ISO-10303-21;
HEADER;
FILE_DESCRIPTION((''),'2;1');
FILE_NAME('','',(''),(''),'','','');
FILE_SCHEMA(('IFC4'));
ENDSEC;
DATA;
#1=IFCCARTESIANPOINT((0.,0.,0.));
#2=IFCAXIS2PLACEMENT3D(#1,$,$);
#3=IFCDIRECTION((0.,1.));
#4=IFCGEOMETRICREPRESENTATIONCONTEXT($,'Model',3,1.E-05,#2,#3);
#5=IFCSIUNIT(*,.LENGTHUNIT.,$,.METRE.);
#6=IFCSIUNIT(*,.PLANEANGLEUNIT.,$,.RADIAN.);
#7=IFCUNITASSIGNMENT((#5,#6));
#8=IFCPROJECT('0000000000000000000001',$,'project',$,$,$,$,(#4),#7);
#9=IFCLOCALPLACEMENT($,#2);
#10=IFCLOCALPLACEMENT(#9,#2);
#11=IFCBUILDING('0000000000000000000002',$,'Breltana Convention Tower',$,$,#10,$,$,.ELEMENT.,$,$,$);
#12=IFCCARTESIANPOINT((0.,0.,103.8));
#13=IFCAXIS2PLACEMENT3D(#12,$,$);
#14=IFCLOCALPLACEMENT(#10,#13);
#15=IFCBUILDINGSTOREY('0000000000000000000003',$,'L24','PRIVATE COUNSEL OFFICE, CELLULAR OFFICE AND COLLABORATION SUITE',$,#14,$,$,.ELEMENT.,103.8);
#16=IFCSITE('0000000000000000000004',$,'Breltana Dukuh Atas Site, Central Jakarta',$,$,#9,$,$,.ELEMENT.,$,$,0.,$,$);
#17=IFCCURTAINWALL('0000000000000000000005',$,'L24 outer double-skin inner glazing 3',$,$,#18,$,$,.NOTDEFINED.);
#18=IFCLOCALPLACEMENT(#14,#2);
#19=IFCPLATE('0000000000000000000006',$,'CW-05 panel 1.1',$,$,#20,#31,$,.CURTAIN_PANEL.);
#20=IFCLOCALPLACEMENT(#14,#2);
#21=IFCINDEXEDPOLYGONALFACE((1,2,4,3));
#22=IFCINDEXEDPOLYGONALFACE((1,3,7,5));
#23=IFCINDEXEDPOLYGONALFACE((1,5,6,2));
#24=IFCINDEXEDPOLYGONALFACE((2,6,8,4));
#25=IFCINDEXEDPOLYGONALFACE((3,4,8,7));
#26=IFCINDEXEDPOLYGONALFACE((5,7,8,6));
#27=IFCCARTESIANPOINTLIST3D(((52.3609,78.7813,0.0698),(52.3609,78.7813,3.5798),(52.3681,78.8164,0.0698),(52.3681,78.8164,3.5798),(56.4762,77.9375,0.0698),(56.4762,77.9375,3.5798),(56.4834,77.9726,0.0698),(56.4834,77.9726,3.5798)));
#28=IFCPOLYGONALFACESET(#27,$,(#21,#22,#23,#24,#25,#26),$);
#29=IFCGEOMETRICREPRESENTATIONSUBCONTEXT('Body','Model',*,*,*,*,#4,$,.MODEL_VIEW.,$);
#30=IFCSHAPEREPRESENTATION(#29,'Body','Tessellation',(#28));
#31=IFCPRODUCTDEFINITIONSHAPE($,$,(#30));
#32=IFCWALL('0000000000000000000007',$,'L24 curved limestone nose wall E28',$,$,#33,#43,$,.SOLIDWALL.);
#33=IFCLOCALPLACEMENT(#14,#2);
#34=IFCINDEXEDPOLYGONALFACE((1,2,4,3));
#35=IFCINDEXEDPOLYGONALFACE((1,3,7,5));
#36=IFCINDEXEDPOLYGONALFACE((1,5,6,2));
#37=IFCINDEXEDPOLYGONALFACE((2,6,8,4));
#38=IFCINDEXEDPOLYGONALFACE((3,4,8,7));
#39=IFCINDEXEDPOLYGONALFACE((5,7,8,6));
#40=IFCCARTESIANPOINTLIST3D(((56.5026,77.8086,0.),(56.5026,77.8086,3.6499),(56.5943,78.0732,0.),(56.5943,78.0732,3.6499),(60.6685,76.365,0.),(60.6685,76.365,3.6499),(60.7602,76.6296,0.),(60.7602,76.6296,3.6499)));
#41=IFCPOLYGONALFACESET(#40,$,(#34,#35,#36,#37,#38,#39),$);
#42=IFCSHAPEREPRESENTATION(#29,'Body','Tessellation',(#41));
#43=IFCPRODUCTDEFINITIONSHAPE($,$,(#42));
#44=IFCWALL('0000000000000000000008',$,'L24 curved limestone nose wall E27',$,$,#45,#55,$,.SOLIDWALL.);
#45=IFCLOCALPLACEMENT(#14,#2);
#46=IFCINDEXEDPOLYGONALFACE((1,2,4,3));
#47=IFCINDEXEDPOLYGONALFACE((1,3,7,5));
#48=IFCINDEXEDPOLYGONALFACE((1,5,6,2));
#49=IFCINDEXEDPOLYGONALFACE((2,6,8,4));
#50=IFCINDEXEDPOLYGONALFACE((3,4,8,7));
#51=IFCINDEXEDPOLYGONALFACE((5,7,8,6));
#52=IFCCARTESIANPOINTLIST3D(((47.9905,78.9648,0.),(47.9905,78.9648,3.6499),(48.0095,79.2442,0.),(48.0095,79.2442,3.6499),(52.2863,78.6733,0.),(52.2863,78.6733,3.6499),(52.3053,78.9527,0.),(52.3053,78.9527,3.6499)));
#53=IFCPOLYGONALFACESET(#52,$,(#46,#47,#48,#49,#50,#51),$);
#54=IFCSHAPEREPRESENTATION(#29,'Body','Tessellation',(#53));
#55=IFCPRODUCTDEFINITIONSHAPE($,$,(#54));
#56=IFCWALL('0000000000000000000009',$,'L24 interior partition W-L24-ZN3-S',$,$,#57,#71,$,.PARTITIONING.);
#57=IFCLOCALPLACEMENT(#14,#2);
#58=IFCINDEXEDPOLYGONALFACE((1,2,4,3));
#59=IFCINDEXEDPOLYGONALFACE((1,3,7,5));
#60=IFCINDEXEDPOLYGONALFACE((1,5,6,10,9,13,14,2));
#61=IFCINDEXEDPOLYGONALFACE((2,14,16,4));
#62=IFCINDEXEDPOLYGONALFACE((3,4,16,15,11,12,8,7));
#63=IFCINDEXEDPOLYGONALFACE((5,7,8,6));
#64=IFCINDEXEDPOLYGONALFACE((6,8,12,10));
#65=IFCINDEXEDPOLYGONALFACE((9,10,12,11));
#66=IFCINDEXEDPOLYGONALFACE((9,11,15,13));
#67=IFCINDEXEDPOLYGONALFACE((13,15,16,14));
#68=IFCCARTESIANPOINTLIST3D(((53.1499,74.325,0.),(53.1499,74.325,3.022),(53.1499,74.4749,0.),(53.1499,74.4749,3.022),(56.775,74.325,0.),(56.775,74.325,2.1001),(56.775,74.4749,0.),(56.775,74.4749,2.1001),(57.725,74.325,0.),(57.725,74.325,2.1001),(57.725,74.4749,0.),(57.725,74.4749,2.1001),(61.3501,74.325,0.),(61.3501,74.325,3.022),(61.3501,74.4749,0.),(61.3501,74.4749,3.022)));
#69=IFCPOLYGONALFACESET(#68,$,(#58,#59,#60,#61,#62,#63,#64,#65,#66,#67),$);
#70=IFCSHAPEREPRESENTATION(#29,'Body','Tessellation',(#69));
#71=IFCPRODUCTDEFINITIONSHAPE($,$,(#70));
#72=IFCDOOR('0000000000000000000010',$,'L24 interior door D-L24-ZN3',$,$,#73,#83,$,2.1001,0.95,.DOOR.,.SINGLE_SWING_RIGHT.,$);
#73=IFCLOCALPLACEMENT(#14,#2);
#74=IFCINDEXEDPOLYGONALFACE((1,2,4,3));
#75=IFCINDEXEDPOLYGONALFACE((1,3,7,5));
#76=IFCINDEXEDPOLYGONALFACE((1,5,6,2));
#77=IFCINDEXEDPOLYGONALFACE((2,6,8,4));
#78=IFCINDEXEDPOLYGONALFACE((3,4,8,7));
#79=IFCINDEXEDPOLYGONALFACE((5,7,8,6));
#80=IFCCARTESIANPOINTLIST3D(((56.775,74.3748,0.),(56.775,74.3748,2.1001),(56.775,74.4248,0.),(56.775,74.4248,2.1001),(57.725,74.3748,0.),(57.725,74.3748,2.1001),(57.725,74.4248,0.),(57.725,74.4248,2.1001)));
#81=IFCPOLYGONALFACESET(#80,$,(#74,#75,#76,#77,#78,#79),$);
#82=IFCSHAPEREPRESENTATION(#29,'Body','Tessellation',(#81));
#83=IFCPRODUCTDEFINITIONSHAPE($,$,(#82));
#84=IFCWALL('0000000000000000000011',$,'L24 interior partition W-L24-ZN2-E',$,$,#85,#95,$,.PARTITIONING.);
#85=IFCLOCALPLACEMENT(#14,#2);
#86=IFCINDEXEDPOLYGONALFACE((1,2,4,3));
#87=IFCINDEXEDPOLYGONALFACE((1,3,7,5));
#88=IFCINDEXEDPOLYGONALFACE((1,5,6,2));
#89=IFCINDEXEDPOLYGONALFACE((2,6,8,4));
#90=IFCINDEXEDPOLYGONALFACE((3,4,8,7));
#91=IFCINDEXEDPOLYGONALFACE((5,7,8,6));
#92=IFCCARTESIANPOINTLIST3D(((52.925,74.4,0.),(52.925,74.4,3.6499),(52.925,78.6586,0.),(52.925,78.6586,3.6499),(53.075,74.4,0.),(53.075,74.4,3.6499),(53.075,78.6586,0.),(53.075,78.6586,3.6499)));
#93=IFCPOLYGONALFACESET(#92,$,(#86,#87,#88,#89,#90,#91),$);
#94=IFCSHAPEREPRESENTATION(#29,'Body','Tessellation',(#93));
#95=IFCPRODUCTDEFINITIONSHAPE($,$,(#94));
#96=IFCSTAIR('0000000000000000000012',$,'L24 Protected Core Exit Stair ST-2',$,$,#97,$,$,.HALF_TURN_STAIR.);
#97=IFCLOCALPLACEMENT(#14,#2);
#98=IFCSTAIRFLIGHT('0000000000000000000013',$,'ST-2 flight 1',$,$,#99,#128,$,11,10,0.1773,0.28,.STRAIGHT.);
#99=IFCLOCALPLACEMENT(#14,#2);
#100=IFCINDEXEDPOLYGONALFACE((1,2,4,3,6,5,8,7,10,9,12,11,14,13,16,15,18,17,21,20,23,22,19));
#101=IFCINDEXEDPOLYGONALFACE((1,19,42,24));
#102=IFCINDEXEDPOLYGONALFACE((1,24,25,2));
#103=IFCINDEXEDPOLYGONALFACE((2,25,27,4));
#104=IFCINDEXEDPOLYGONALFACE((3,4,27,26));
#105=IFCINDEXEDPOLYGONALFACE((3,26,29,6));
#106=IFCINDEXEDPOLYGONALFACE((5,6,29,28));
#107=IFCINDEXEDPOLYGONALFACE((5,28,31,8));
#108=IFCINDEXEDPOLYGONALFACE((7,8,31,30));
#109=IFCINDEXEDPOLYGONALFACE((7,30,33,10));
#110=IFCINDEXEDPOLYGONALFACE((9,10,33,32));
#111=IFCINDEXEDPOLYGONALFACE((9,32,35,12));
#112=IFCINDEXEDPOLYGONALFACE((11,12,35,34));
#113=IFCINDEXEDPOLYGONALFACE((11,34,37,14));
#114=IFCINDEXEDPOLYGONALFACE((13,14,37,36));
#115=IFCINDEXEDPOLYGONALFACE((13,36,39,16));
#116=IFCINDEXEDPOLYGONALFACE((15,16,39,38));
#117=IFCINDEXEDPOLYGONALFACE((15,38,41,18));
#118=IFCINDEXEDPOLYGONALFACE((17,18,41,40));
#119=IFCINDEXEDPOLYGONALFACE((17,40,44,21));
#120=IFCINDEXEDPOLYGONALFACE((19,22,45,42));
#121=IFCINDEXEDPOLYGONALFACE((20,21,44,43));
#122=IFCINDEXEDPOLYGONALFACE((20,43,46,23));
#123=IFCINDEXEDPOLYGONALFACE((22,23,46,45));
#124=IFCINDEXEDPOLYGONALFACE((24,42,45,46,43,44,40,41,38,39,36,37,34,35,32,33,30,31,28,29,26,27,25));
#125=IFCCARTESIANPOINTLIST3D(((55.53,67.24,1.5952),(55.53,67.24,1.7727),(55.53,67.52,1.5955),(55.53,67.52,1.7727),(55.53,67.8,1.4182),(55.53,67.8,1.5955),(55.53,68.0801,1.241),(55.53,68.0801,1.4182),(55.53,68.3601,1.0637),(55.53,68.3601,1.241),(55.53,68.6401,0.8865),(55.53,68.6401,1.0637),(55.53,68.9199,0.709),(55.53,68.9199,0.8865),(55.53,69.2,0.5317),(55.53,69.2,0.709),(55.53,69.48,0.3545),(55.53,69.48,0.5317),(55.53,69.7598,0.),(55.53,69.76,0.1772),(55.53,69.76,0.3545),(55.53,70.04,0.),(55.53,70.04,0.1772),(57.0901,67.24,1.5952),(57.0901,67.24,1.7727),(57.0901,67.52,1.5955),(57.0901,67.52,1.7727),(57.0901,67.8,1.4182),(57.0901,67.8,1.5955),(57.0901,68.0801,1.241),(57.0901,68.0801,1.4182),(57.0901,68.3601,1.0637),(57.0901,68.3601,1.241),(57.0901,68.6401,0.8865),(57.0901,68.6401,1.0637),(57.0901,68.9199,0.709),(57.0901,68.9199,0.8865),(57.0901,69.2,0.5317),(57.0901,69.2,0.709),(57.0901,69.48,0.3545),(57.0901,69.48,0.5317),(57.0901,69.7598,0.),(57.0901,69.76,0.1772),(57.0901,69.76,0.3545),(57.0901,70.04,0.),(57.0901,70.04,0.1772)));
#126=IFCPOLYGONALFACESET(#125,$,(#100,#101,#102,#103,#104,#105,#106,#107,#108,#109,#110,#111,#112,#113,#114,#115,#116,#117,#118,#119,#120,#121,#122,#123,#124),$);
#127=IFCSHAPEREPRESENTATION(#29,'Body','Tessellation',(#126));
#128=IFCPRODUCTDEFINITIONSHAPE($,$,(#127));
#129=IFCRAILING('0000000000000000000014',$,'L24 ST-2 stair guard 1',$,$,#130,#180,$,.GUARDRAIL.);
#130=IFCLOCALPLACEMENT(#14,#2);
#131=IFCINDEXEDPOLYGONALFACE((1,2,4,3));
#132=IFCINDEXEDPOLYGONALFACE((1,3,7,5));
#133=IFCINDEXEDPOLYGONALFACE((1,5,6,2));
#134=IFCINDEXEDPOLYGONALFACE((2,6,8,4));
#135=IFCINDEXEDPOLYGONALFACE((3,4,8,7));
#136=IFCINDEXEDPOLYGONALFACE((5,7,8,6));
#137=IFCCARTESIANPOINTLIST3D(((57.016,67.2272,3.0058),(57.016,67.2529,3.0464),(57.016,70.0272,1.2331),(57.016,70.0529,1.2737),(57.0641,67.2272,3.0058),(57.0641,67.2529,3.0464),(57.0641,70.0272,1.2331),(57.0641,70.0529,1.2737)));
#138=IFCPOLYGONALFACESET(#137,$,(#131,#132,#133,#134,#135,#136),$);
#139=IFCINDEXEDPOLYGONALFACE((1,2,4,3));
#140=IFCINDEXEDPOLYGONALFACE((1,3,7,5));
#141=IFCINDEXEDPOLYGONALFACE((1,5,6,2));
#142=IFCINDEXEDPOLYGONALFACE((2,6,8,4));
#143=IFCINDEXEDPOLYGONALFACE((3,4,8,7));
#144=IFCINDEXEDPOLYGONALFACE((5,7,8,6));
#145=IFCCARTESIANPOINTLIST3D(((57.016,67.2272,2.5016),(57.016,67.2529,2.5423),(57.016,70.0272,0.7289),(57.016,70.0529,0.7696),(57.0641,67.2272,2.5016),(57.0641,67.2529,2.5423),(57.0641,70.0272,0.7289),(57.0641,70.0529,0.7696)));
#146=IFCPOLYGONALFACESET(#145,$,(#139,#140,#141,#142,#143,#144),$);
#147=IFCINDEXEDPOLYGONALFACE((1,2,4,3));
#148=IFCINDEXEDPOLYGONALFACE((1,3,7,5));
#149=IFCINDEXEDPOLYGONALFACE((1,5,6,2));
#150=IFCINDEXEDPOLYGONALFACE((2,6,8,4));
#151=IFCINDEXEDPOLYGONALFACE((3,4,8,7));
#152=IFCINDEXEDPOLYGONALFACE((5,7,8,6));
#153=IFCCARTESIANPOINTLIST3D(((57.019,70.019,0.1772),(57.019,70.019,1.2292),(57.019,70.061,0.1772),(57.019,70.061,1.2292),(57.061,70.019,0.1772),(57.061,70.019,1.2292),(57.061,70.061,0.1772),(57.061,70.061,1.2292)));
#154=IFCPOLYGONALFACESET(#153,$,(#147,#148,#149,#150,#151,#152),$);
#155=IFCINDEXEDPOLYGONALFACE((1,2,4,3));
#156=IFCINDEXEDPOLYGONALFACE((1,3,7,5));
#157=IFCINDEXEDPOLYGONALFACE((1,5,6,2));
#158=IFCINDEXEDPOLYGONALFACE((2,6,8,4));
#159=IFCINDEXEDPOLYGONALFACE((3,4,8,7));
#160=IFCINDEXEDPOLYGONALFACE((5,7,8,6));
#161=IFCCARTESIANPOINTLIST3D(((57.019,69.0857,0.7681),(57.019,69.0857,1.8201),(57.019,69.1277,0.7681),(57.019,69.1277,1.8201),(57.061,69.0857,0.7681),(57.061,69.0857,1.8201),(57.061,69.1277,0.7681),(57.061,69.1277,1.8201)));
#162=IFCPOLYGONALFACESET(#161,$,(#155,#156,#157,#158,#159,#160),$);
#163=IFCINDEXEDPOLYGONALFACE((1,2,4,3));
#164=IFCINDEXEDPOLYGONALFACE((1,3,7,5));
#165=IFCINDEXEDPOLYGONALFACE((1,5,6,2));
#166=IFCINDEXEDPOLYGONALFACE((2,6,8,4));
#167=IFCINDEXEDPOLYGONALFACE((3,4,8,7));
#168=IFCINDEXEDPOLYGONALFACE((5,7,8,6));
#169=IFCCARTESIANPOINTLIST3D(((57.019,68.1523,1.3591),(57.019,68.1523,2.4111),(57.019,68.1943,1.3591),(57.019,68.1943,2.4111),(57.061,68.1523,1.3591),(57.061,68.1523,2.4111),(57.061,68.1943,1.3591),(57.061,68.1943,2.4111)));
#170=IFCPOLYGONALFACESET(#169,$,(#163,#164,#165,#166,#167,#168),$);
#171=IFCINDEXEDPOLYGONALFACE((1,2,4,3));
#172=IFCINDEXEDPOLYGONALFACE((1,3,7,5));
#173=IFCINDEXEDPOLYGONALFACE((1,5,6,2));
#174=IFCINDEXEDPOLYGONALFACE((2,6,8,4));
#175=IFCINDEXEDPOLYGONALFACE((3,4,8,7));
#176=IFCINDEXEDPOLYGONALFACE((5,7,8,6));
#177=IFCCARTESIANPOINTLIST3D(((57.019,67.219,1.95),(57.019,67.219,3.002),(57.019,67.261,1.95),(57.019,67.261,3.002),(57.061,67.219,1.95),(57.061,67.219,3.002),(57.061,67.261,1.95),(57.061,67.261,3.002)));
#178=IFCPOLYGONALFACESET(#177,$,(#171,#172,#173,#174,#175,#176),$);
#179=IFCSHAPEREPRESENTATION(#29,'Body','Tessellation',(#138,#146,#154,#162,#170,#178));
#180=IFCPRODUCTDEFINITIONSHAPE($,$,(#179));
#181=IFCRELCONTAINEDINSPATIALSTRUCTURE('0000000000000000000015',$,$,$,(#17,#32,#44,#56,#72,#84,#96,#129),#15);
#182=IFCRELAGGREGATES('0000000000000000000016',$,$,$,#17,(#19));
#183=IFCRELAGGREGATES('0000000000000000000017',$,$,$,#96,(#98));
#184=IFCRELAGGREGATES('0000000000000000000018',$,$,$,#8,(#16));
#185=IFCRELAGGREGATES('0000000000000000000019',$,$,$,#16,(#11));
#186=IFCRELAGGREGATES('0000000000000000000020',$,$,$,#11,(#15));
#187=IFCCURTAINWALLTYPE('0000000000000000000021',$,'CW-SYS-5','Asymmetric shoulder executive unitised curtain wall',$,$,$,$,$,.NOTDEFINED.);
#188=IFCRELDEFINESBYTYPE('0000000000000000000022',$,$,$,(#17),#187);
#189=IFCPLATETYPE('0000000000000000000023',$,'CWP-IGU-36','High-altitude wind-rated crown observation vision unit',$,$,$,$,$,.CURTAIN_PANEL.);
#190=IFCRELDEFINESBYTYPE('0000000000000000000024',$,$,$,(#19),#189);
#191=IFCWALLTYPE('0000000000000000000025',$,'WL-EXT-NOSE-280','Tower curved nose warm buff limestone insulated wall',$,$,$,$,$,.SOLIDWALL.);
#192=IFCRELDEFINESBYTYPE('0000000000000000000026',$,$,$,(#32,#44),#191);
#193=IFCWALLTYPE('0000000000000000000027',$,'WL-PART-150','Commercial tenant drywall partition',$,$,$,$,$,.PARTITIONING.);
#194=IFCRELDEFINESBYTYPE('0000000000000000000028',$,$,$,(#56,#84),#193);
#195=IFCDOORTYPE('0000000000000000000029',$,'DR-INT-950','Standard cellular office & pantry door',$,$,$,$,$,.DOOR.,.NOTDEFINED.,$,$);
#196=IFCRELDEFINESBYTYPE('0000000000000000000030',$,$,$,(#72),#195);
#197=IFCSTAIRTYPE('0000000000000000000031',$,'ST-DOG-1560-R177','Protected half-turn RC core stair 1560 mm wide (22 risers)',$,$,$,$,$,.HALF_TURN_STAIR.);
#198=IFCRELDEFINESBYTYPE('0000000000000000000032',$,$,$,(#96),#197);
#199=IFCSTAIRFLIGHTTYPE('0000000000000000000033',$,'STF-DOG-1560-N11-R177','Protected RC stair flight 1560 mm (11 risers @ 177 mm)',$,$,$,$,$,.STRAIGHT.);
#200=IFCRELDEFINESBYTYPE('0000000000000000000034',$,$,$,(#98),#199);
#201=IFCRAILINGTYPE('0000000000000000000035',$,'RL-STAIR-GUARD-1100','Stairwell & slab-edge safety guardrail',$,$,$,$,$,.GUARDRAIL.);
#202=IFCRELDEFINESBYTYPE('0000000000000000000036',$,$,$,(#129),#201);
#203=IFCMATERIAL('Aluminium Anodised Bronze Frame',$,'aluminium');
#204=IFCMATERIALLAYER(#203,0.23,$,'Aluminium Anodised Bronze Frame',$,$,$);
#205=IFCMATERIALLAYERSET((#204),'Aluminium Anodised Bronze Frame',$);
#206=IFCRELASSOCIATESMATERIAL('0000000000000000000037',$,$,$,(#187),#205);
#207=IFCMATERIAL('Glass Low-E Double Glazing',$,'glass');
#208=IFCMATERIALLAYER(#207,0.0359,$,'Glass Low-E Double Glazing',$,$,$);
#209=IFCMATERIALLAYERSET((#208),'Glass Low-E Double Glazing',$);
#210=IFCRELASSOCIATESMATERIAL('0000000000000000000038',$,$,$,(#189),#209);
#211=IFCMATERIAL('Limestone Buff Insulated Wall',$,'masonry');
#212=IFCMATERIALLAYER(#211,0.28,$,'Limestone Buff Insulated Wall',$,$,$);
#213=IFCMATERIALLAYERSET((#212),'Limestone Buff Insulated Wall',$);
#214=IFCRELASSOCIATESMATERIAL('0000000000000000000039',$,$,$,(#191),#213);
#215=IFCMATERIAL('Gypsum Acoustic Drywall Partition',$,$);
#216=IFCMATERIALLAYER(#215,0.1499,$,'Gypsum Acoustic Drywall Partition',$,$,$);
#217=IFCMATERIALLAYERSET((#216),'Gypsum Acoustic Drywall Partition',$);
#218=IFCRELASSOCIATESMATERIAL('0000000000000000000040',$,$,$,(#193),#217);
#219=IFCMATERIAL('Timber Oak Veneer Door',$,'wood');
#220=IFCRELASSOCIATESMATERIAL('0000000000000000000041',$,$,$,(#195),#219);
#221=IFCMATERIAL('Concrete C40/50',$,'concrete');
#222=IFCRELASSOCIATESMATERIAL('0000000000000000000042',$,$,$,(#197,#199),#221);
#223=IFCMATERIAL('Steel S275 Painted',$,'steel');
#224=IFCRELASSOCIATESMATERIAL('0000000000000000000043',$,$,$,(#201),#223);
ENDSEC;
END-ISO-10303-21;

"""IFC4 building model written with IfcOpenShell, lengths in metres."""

from ifc_helpers import new_model, si_unit, direction, frame, frame_2d, origin, origin_2d, place, context, subcontext, project, spatial, polyline, rectangle, outline, extrude, source, transform, mapped, material, layer, layer_set, type_object, type_shapes, element, fill, aggregate, save


model = new_model("IFC4")

# Units and contexts
model_context = context("Model", 3, precision=1e-05, world=origin(), true_north=direction((0.0, 1.0)))
body_context = subcontext(model_context, "Body", "Model", "MODEL_VIEW")
ifc_project = project(units=[si_unit("LENGTHUNIT", "METRE"), si_unit("PLANEANGLEUNIT", "RADIAN")], contexts=[model_context])

# Site, building, storey
site_placement = place(None, origin())
site = spatial("IfcSite", under=ifc_project, at=site_placement, Name="Breltana Dukuh Atas Site, Central Jakarta", CompositionType="ELEMENT", RefElevation=0.0)
building_placement = place(site_placement, origin())
building = spatial("IfcBuilding", under=site, at=building_placement, Name="Breltana Convention Tower", CompositionType="ELEMENT")
storey_placement = place(building_placement, frame((0.0, 0.0, 103.8)))
storey = spatial("IfcBuildingStorey", under=building, at=storey_placement, Name="L24", Description="PRIVATE COUNSEL OFFICE, CELLULAR OFFICE AND COLLABORATION SUITE", CompositionType="ELEMENT", Elevation=103.8)

# Curtain wall, plate
ifc_material_1 = material(Name="Aluminium Anodised Bronze Frame", Category="aluminium")
ifc_layer_1 = layer(ifc_material_1, 0.23, Name="Aluminium Anodised Bronze Frame")
ifc_layer_set_1 = layer_set([ifc_layer_1], Name="Aluminium Anodised Bronze Frame")
curtain_wall_type = type_object("IfcCurtainWallType", Name="CW-SYS-5", Description="Asymmetric shoulder executive unitised curtain wall", PredefinedType="NOTDEFINED", material=ifc_layer_set_1)
curtain_wall_placement = place(storey_placement, origin())
curtain_wall = element("IfcCurtainWall", 1, at=curtain_wall_placement, inside=storey, type_object=curtain_wall_type, Name="L24 outer double-skin inner glazing 3", PredefinedType="NOTDEFINED")
ifc_material_2 = material(Name="Glass Low-E Double Glazing", Category="glass")
ifc_layer_2 = layer(ifc_material_2, 0.0359, Name="Glass Low-E Double Glazing")
ifc_layer_set_2 = layer_set([ifc_layer_2], Name="Glass Low-E Double Glazing")
plate_type = type_object("IfcPlateType", Name="CWP-IGU-36", Description="High-altitude wind-rated crown observation vision unit", PredefinedType="CURTAIN_PANEL", material=ifc_layer_set_2)
shared_shape_1 = source(origin(), body_context, "Body", "SweptSolid", [
    extrude(rectangle(XDim=4.2009, YDim=0.0359, at=origin_2d()), origin(), (0.0, 0.0, 1.0), 3.51),
])
plate_placement = place(storey_placement, frame((54.4221, 78.377, 0.0698), z_axis=(0.0, 0.0, 1.0), x_axis=(0.97962, -0.200859, 0.0)))
plate = element("IfcPlate", 2, at=plate_placement, type_object=plate_type, Name="CW-05 panel 1.1", PredefinedType="CURTAIN_PANEL", context=body_context, shape_type="MappedRepresentation", body=[
    mapped(shared_shape_1, transform((0.0, 0.0, 0.0), scale=1.0)),
])
aggregate(curtain_wall, [plate])

# Walls
ifc_material_3 = material(Name="Limestone Buff Insulated Wall", Category="masonry")
ifc_layer_3 = layer(ifc_material_3, 0.28, Name="Limestone Buff Insulated Wall")
ifc_layer_set_3 = layer_set([ifc_layer_3], Name="Limestone Buff Insulated Wall")
wall_type_1 = type_object("IfcWallType", Name="WL-EXT-NOSE-280", Description="Tower curved nose warm buff limestone insulated wall", PredefinedType="SOLIDWALL", material=ifc_layer_set_3)
shared_shape_2 = source(origin(), body_context, "Body", "SweptSolid", [
    extrude(rectangle(XDim=4.4089, YDim=0.28, at=frame_2d((2.2046, 0.0))), origin(), (0.0, 0.0, 1.0), 3.6499),
])
wall_1_placement = place(storey_placement, frame((56.5483, 77.9409, 0.0), z_axis=(0.0, 0.0, 1.0), x_axis=(0.944879, -0.327419, 0.0)))
element("IfcWall", 3, at=wall_1_placement, inside=storey, type_object=wall_type_1, Name="L24 curved limestone nose wall E28", PredefinedType="SOLIDWALL", context=body_context, shape_type="MappedRepresentation", body=[
    mapped(shared_shape_2, transform((0.0, 0.0, 0.0), scale=1.0)),
])
shared_shape_3 = source(origin(), body_context, "Body", "SweptSolid", [
    extrude(rectangle(XDim=4.3057, YDim=0.28, at=frame_2d((2.1528, 0.0))), origin(), (0.0, 0.0, 1.0), 3.6499),
])
wall_2_placement = place(storey_placement, frame((48.0, 79.1045, 0.0), z_axis=(0.0, 0.0, 1.0), x_axis=(0.997706, -0.067701, 0.0)))
element("IfcWall", 4, at=wall_2_placement, inside=storey, type_object=wall_type_1, Name="L24 curved limestone nose wall E27", PredefinedType="SOLIDWALL", context=body_context, shape_type="MappedRepresentation", body=[
    mapped(shared_shape_3, transform((0.0, 0.0, 0.0), scale=1.0)),
])

# Wall, opening, door
ifc_material_4 = material(Name="Gypsum Acoustic Drywall Partition")
ifc_layer_4 = layer(ifc_material_4, 0.1499, Name="Gypsum Acoustic Drywall Partition")
ifc_layer_set_4 = layer_set([ifc_layer_4], Name="Gypsum Acoustic Drywall Partition")
wall_type_2 = type_object("IfcWallType", Name="WL-PART-150", Description="Commercial tenant drywall partition", PredefinedType="PARTITIONING", material=ifc_layer_set_4)
shared_shape_4 = source(origin(), body_context, "Body", "SweptSolid", [
    extrude(rectangle(XDim=8.2002, YDim=0.1499, at=frame_2d((4.1001, 0.0))), origin(), (0.0, 0.0, 1.0), 3.022),
])
wall_3_placement = place(storey_placement, frame((53.1499, 74.3999, 0.0), z_axis=(0.0, 0.0, 1.0), x_axis=(1.0, 0.0, 0.0)))
wall_3 = element("IfcWall", 5, at=wall_3_placement, inside=storey, type_object=wall_type_2, Name="L24 interior partition W-L24-ZN3-S", PredefinedType="PARTITIONING", context=body_context, shape_type="MappedRepresentation", body=[
    mapped(shared_shape_4, transform((0.0, 0.0, 0.0), scale=1.0)),
])
opening_placement = place(wall_3_placement, frame((3.625, 0.0, 0.0)))
opening = element("IfcOpeningElement", 6, at=opening_placement, cuts=wall_3, PredefinedType="OPENING", context=body_context, shape_type="SweptSolid", body=[
    extrude(rectangle(XDim=0.95, YDim=2.1001, at=frame_2d((0.4751, 1.05))), frame((0.0, 0.085, 0.0), z_axis=(0.0, -1.0, 0.0), x_axis=(1.0, 0.0, 0.0)), (0.0, 0.0, 1.0), 0.1699),
])
ifc_material_5 = material(Name="Timber Oak Veneer Door", Category="wood")
door_type = type_object("IfcDoorType", Name="DR-INT-950", Description="Standard cellular office & pantry door", OperationType="NOTDEFINED", PredefinedType="DOOR", material=ifc_material_5)
shared_shape_5 = source(origin(), body_context, "Body", "SweptSolid", [
    extrude(rectangle(XDim=0.95, YDim=2.1001, at=frame_2d((0.4751, 1.05))), frame((0.0, 0.0249, 0.0), z_axis=(0.0, -1.0, 0.0), x_axis=(1.0, 0.0, 0.0)), (0.0, 0.0, 1.0), 0.05),
])
type_shapes(door_type, [shared_shape_5])
door_placement = place(opening_placement, origin())
door = element("IfcDoor", 7, at=door_placement, inside=storey, type_object=door_type, Name="L24 interior door D-L24-ZN3", OperationType="SINGLE_SWING_RIGHT", OverallHeight=2.1001, OverallWidth=0.95, PredefinedType="DOOR", context=body_context, shape_type="MappedRepresentation", body=[
    mapped(shared_shape_5, transform((0.0, 0.0, 0.0), scale=1.0)),
])
fill(opening, door)

# Wall
shared_shape_6 = source(origin(), body_context, "Body", "SweptSolid", [
    extrude(rectangle(XDim=4.2585, YDim=0.1499, at=frame_2d((2.1294, 0.0))), origin(), (0.0, 0.0, 1.0), 3.6499),
])
wall_4_placement = place(storey_placement, frame((53.0, 74.3999, 0.0), z_axis=(0.0, 0.0, 1.0), x_axis=(0.0, 1.0, 0.0)))
element("IfcWall", 8, at=wall_4_placement, inside=storey, type_object=wall_type_2, Name="L24 interior partition W-L24-ZN2-E", PredefinedType="PARTITIONING", context=body_context, shape_type="MappedRepresentation", body=[
    mapped(shared_shape_6, transform((0.0, 0.0, 0.0), scale=1.0)),
])

# Stair, stair flight
ifc_material_6 = material(Name="Concrete C40/50", Category="concrete")
stair_type = type_object("IfcStairType", Name="ST-DOG-1560-R177", Description="Protected half-turn RC core stair 1560 mm wide (22 risers)", PredefinedType="HALF_TURN_STAIR", material=ifc_material_6)
stair_placement = place(storey_placement, origin())
stair = element("IfcStair", 9, at=stair_placement, inside=storey, type_object=stair_type, Name="L24 Protected Core Exit Stair ST-2", PredefinedType="HALF_TURN_STAIR")
stair_flight_type = type_object("IfcStairFlightType", Name="STF-DOG-1560-N11-R177", Description="Protected RC stair flight 1560 mm (11 risers @ 177 mm)", PredefinedType="STRAIGHT", material=ifc_material_6)
stair_flight_placement = place(storey_placement, frame((56.3101, 70.04, 0.0), z_axis=(0.0, 0.0, 1.0), x_axis=(0.0, -1.0, 0.0)))
stair_flight = element("IfcStairFlight", 10, at=stair_flight_placement, type_object=stair_flight_type, Name="ST-2 flight 1", NumberOfRisers=11, NumberOfTreads=10, PredefinedType="STRAIGHT", RiserHeight=0.1773, TreadLength=0.28, context=body_context, shape_type="SweptSolid", body=[
    extrude(outline(polyline([(0.0, 0.0), (0.0, 0.1772), (0.28, 0.1772), (0.28, 0.3545), (0.5601, 0.3545), (0.5601, 0.5317), (0.8401, 0.5317), (0.8401, 0.709), (1.1201, 0.709), (1.1201, 0.8865), (1.3999, 0.8865), (1.3999, 1.0637), (1.6799, 1.0637), (1.6799, 1.241), (1.96, 1.241), (1.96, 1.4182), (2.24, 1.4182), (2.24, 1.5955), (2.52, 1.5955), (2.52, 1.7727), (2.8, 1.7727), (2.8, 1.95), (2.8, 1.5952), (0.2803, 0.0), (0.0, 0.0)])), frame((0.0, 0.78, 0.0), z_axis=(0.0, -1.0, 0.0), x_axis=(1.0, 0.0, 0.0)), (0.0, 0.0, 1.0), 1.5601),
])
aggregate(stair, [stair_flight])

# Railing
ifc_material_7 = material(Name="Steel S275 Painted", Category="steel")
railing_type_1 = type_object("IfcRailingType", Name="RL-STAIR-GUARD-1100", Description="Stairwell & slab-edge safety guardrail", PredefinedType="GUARDRAIL", material=ifc_material_7)
railing_1_placement = place(storey_placement, frame((57.04, 70.04, 0.1772)))
element("IfcRailing", 11, at=railing_1_placement, inside=storey, type_object=railing_type_1, Name="L24 ST-2 stair guard 1", PredefinedType="GUARDRAIL", context=body_context, shape_type="SweptSolid", body=[
    extrude(rectangle(XDim=0.0481, YDim=0.0481, at=origin_2d()), frame((0.0, 0.0, 1.0762), z_axis=(0.0, -0.844909, 0.53491), x_axis=(1.0, 0.0, 0.0)), (0.0, 0.0, 1.0), 3.314),
    extrude(rectangle(XDim=0.0481, YDim=0.0481, at=origin_2d()), frame((0.0, 0.0, 0.572), z_axis=(0.0, -0.844909, 0.53491), x_axis=(1.0, 0.0, 0.0)), (0.0, 0.0, 1.0), 3.314),
    extrude(rectangle(XDim=0.042, YDim=0.042, at=origin_2d()), origin(), (0.0, 0.0, 1.0), 1.052),
    extrude(rectangle(XDim=0.042, YDim=0.042, at=origin_2d()), frame((0.0, -0.9333, 0.5908)), (0.0, 0.0, 1.0), 1.052),
    extrude(rectangle(XDim=0.042, YDim=0.042, at=origin_2d()), frame((0.0, -1.8667, 1.1819)), (0.0, 0.0, 1.0), 1.052),
    extrude(rectangle(XDim=0.042, YDim=0.042, at=origin_2d()), frame((0.0, -2.8, 1.7727)), (0.0, 0.0, 1.0), 1.052),
])

save(model, "model.ifc")
